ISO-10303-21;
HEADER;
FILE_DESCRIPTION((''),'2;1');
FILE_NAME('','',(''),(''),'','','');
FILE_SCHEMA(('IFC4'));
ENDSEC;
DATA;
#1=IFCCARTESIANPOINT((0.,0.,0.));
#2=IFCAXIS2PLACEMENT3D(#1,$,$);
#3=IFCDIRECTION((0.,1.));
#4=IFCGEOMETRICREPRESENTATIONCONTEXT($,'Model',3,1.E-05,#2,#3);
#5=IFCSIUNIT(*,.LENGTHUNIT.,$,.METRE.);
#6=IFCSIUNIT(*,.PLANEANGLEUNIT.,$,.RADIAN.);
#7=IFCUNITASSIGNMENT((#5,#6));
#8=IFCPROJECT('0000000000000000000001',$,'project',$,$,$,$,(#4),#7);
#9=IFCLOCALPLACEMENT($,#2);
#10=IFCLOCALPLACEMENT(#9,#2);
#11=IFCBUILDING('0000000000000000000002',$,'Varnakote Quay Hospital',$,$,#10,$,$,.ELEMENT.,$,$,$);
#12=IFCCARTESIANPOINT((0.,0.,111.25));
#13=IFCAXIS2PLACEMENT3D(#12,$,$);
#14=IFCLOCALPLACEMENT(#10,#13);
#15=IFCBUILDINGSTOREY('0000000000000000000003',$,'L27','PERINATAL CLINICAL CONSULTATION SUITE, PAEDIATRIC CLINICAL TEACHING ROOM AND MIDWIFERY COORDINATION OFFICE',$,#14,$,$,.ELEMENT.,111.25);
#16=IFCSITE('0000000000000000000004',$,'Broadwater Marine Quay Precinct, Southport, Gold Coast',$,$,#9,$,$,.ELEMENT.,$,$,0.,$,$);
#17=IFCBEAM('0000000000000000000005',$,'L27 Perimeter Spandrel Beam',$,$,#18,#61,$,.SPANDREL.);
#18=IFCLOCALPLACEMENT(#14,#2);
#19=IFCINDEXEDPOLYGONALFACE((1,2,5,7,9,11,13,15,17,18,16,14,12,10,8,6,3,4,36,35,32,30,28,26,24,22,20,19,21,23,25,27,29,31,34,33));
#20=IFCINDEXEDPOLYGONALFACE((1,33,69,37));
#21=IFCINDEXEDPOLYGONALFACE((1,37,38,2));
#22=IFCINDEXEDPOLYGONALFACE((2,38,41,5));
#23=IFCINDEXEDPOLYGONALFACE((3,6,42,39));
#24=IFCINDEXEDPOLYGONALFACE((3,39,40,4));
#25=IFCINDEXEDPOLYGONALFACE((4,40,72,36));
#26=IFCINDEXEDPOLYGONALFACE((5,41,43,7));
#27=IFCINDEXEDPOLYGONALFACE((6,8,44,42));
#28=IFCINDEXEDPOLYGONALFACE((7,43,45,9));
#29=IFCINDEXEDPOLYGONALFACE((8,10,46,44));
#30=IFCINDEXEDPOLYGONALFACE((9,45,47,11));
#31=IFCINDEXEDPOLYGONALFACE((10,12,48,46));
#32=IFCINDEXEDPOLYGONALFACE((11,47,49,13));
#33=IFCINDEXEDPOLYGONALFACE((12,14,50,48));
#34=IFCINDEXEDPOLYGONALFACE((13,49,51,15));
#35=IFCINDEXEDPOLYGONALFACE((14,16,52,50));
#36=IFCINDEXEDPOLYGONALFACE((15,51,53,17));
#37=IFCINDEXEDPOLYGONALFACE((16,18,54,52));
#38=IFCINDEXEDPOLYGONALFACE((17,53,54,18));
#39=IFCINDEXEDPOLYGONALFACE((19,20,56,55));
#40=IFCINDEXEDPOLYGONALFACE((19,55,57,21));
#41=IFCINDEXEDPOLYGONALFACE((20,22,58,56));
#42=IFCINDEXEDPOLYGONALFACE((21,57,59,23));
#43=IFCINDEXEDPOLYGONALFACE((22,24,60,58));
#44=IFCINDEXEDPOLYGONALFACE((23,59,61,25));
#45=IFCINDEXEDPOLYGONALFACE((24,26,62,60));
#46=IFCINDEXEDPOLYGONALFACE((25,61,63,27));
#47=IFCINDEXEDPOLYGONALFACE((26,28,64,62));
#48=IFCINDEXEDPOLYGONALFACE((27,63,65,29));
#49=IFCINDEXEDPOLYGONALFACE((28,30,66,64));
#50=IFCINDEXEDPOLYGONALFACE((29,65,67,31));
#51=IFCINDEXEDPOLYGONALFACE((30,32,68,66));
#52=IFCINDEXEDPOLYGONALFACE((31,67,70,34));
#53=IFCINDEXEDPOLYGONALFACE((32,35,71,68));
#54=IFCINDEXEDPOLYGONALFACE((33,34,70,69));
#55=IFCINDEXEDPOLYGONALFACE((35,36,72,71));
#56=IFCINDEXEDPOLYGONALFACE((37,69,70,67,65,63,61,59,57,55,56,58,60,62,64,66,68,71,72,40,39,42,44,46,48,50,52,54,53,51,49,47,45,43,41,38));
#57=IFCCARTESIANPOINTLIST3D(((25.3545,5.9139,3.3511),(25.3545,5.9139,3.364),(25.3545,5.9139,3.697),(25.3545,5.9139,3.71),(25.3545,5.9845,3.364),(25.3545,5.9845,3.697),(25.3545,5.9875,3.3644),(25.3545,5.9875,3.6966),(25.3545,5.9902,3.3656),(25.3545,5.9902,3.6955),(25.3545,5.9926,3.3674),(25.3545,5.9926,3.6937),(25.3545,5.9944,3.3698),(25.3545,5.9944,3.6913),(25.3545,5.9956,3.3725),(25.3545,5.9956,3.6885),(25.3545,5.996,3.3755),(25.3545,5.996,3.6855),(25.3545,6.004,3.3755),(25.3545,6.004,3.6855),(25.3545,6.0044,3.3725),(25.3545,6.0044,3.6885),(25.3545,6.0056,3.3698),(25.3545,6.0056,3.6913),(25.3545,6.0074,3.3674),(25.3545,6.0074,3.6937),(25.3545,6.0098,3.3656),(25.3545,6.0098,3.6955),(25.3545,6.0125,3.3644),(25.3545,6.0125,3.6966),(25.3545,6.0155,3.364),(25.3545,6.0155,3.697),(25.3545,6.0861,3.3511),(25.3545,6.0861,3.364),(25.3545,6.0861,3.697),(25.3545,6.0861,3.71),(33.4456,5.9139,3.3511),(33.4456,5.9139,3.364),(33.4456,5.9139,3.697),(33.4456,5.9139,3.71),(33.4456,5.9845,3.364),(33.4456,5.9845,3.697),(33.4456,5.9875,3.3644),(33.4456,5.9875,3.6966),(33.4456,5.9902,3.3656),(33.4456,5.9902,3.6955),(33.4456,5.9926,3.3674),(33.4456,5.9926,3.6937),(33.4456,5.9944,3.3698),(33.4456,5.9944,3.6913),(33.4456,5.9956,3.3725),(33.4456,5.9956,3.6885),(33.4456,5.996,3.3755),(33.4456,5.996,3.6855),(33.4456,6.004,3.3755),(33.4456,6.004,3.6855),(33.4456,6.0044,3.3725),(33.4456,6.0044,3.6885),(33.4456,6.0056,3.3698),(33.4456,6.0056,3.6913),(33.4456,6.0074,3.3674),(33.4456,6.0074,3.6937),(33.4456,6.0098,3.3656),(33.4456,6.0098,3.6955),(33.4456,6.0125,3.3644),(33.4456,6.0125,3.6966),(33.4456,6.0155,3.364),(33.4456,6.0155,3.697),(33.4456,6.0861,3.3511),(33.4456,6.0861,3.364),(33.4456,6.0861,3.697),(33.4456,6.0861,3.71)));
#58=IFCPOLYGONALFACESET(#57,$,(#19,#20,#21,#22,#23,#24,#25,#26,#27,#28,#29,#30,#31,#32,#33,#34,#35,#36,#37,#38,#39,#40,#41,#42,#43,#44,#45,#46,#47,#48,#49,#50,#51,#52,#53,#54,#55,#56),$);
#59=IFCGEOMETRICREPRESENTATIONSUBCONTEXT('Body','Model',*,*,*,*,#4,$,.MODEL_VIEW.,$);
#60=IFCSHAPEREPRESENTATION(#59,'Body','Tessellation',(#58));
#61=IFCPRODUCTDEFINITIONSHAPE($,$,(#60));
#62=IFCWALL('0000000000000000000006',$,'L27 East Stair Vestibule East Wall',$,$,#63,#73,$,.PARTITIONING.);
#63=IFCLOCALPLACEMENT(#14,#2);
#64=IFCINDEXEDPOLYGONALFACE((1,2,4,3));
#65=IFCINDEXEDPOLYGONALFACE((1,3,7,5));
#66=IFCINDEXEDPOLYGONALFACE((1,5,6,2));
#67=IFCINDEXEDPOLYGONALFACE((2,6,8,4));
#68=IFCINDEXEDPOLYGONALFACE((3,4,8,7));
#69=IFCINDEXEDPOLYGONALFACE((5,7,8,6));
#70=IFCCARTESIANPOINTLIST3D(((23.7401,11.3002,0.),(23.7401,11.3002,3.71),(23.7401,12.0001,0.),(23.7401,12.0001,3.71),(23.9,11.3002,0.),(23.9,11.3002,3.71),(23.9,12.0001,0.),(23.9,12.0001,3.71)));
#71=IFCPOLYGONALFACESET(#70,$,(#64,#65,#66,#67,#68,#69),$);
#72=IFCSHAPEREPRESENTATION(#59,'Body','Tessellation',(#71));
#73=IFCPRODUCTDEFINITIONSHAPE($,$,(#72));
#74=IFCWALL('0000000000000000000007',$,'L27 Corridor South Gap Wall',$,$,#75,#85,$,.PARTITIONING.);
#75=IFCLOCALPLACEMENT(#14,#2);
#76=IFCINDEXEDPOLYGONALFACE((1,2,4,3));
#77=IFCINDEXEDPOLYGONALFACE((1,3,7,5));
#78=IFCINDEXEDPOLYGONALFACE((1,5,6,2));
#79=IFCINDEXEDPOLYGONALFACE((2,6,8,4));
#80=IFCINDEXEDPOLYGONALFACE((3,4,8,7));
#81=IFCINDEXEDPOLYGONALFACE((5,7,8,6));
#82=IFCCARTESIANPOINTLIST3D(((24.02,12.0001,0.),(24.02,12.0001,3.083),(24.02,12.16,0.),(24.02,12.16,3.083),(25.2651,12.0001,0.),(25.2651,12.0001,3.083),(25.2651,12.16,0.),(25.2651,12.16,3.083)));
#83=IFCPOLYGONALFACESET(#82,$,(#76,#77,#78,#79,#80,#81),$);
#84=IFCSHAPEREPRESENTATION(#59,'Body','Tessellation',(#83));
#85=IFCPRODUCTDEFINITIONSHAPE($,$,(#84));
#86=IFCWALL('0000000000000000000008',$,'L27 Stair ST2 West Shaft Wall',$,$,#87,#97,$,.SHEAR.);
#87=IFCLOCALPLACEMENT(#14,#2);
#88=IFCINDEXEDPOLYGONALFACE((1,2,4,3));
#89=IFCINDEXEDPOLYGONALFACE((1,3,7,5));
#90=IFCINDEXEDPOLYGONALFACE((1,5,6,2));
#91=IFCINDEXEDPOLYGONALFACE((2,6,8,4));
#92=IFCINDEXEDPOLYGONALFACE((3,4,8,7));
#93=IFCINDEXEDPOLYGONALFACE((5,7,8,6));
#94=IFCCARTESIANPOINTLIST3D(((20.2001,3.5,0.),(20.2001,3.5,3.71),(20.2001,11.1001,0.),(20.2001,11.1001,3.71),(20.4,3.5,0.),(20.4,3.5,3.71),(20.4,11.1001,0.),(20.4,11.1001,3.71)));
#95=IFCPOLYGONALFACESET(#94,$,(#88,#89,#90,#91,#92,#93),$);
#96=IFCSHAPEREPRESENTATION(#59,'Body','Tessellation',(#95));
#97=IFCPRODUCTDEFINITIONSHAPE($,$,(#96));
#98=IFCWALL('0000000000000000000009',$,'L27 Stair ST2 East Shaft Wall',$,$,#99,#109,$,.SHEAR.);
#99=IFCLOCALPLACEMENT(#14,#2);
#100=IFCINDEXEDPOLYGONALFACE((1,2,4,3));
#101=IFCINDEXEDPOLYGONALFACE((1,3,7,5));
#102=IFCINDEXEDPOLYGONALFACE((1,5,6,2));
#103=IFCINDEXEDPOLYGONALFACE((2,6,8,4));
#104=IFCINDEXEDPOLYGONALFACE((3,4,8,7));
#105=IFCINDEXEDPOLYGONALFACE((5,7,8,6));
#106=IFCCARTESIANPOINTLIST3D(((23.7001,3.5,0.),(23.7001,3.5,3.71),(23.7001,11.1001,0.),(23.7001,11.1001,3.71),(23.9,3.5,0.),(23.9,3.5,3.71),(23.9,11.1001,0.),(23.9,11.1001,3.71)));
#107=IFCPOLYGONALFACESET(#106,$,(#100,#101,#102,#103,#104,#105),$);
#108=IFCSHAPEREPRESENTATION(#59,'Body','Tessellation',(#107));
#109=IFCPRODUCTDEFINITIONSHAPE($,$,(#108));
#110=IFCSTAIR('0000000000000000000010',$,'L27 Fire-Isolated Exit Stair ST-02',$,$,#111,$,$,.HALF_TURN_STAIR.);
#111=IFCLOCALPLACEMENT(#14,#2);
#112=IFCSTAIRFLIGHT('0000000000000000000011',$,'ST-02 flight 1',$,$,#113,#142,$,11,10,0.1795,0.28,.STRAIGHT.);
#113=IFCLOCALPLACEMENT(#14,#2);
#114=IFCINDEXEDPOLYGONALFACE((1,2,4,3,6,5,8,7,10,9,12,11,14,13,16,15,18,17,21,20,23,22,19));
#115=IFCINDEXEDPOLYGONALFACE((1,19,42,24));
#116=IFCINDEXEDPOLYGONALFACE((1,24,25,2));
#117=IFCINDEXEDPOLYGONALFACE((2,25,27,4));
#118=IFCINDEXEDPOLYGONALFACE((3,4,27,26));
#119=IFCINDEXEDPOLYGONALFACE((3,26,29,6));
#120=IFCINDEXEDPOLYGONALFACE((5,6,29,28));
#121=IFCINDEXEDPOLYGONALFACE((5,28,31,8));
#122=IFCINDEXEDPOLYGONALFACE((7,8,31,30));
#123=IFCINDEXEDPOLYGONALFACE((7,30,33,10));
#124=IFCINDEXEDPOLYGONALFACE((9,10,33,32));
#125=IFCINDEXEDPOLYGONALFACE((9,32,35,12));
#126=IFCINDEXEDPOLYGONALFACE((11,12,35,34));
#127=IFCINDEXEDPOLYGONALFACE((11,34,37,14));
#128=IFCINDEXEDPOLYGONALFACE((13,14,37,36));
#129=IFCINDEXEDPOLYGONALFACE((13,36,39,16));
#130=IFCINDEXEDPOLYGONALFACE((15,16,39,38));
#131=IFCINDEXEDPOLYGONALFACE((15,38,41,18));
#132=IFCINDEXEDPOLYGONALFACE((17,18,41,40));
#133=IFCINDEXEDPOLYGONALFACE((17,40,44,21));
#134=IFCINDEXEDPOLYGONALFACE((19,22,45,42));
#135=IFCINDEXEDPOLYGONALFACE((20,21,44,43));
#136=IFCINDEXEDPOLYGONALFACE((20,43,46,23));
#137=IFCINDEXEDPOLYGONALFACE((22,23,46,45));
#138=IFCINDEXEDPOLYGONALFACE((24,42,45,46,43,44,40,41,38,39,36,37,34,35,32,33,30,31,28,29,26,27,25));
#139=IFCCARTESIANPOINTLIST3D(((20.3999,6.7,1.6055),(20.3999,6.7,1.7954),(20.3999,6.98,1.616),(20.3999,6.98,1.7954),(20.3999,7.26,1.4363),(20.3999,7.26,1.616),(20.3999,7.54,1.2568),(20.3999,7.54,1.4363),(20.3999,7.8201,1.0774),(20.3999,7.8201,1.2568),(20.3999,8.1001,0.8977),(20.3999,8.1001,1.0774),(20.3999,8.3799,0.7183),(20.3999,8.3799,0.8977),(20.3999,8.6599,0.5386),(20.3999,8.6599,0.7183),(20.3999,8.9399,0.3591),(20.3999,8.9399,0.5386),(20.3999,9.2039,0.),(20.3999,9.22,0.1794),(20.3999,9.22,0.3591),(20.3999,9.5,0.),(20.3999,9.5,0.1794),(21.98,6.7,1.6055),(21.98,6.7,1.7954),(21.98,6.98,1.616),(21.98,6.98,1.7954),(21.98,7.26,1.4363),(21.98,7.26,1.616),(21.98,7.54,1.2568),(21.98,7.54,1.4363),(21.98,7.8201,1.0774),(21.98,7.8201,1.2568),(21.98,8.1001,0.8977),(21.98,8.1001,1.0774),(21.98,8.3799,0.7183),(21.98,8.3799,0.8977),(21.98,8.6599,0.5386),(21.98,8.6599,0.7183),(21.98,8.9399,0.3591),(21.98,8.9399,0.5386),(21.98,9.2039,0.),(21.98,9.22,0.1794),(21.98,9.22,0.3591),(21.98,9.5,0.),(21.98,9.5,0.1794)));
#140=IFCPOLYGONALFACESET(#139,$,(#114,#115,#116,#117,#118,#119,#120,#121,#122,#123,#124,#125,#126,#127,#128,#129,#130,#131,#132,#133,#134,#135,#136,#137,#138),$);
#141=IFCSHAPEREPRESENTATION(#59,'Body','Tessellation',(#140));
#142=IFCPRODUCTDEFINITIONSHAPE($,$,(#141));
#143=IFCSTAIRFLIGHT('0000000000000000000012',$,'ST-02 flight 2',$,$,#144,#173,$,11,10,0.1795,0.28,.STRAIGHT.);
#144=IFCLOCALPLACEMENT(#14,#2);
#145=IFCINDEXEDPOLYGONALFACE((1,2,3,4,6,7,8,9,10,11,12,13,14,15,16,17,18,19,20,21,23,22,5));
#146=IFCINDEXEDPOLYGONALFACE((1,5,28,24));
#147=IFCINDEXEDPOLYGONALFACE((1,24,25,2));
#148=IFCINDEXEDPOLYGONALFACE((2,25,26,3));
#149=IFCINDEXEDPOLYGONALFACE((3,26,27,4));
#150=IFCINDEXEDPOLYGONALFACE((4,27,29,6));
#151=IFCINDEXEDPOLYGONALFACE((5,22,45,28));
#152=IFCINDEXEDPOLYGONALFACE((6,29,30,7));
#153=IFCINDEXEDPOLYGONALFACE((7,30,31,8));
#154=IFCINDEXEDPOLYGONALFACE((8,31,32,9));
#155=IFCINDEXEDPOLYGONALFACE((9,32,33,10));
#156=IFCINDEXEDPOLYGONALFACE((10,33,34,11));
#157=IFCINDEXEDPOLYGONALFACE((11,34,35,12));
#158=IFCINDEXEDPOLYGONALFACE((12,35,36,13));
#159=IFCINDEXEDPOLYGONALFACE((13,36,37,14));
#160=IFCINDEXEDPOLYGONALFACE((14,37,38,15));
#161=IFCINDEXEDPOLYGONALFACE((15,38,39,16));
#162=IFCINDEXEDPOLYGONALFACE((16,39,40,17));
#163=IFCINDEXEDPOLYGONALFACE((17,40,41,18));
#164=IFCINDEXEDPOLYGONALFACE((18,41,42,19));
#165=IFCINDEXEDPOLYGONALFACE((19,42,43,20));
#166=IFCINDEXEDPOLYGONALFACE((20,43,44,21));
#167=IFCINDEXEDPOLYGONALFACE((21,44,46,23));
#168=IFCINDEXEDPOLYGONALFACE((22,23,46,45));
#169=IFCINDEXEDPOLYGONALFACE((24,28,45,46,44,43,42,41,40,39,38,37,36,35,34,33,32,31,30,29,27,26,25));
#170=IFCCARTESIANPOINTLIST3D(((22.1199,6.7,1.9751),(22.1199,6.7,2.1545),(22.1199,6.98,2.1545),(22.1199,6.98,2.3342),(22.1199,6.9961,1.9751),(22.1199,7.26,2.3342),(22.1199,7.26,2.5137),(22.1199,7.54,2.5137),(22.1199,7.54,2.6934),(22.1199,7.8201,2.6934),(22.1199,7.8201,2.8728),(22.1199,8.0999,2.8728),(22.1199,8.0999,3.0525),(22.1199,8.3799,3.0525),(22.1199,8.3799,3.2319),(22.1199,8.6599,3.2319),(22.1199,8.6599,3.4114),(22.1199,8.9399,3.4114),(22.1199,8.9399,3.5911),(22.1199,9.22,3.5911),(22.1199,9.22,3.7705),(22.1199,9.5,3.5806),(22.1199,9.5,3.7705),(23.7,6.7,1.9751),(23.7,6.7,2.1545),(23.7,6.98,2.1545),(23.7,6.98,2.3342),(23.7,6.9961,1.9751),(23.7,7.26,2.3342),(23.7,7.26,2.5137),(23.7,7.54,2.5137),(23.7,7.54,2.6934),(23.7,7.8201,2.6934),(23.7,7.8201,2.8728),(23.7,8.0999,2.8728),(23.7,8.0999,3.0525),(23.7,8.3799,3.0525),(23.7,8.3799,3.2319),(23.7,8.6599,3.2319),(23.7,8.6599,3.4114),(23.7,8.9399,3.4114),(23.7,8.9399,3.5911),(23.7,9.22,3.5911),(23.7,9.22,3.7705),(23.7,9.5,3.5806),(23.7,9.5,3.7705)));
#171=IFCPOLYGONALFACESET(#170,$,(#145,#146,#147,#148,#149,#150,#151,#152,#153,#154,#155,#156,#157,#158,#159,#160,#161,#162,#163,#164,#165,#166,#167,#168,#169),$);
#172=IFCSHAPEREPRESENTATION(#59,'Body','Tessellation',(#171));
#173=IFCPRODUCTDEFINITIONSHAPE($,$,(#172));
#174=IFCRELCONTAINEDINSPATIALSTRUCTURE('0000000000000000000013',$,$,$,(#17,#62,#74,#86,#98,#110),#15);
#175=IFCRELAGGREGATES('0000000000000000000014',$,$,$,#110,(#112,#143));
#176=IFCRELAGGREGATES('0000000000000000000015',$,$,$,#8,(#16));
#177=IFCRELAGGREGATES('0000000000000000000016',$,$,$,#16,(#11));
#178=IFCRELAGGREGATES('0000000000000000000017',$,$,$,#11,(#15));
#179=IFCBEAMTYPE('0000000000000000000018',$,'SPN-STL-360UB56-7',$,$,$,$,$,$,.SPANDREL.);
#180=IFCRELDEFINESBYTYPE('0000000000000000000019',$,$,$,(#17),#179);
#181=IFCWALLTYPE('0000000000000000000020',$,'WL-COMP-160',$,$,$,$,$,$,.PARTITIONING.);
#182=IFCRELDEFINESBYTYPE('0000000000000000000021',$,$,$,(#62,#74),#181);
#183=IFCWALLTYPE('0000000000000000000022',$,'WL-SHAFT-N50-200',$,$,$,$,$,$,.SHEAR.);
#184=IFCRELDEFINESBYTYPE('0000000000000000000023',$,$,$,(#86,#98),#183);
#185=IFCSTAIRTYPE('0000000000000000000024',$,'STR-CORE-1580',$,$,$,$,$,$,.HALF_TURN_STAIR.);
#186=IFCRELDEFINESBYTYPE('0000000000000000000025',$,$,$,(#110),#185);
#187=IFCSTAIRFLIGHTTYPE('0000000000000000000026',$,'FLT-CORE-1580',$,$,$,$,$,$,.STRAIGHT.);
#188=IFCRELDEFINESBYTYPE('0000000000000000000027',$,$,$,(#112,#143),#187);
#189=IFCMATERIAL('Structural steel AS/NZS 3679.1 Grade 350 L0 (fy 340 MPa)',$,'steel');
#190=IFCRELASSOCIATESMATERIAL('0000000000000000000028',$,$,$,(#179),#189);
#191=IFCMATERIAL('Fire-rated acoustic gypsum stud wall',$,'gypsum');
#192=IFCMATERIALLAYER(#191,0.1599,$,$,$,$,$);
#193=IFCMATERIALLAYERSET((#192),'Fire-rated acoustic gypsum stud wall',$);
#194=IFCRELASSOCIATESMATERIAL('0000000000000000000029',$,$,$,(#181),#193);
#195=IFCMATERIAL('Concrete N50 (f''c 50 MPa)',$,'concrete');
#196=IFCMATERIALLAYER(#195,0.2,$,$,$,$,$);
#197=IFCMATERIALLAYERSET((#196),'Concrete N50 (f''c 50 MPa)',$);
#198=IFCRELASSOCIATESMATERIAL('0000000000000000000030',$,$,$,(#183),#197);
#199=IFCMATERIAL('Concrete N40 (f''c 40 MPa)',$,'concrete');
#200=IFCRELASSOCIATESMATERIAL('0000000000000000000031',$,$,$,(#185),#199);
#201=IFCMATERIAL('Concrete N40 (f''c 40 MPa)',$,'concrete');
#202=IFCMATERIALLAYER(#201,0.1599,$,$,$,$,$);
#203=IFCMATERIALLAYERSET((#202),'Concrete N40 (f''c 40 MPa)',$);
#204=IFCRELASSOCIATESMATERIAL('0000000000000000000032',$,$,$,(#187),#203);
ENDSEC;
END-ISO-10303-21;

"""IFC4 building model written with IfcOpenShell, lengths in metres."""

from ifc_helpers import new_model, si_unit, direction, frame, frame_2d, origin, origin_2d, place, context, subcontext, project, spatial, polyline, rectangle, i_section, outline, extrude, material, layer, layer_set, material_profile, profile_set, type_object, element, aggregate, save


model = new_model("IFC4")

# Units and contexts
model_context = context("Model", 3, precision=1e-05, world=origin(), true_north=direction((0.0, 1.0)))
body_context = subcontext(model_context, "Body", "Model", "MODEL_VIEW")
ifc_project = project(units=[si_unit("LENGTHUNIT", "METRE"), si_unit("PLANEANGLEUNIT", "RADIAN")], contexts=[model_context])

# Site, building, storey
site_placement = place(None, origin())
site = spatial("IfcSite", under=ifc_project, at=site_placement, Name="Broadwater Marine Quay Precinct, Southport, Gold Coast", CompositionType="ELEMENT", RefElevation=0.0)
building_placement = place(site_placement, origin())
building = spatial("IfcBuilding", under=site, at=building_placement, Name="Varnakote Quay Hospital", CompositionType="ELEMENT")
storey_placement = place(building_placement, frame((0.0, 0.0, 111.25)))
storey = spatial("IfcBuildingStorey", under=building, at=storey_placement, Name="L27", Description="PERINATAL CLINICAL CONSULTATION SUITE, PAEDIATRIC CLINICAL TEACHING ROOM AND MIDWIFERY COORDINATION OFFICE", CompositionType="ELEMENT", Elevation=111.25)

# Beam
ifc_material_1 = material(Name="Structural steel AS/NZS 3679.1 Grade 350 L0 (fy 340 MPa)", Category="steel")
ifc_material_profile_1 = material_profile(ifc_material_1, i_section(OverallWidth=0.1721, OverallDepth=0.3589, WebThickness=0.0081, FlangeThickness=0.0129, FilletRadius=0.0115, at=origin_2d()), Name="360UB56.7")
ifc_profile_set_1 = profile_set([ifc_material_profile_1], Name="Structural steel AS/NZS 3679.1 Grade 350 L0 (fy 340 MPa)")
beam_type_1 = type_object("IfcBeamType", Name="SPN-STL-360UB56-7", PredefinedType="SPANDREL", material=ifc_profile_set_1)
beam_1_placement = place(storey_placement, frame((25.3545, 6.0, 3.5305), z_axis=(1.0, 0.0, 0.0), x_axis=(0.0, 1.0, 0.0)))
element("IfcBeam", 1, at=beam_1_placement, inside=storey, type_object=beam_type_1, Name="L27 Perimeter Spandrel Beam", PredefinedType="SPANDREL", context=body_context, shape_type="SweptSolid", body=[
    extrude(i_section(OverallWidth=0.1721, OverallDepth=0.3589, WebThickness=0.0081, FlangeThickness=0.0129, FilletRadius=0.0115, at=origin_2d()), origin(), (0.0, 0.0, 1.0), 8.0911),
])

# Walls
ifc_material_2 = material(Name="Fire-rated acoustic gypsum stud wall", Category="gypsum")
ifc_layer_1 = layer(ifc_material_2, 0.1599)
ifc_layer_set_1 = layer_set([ifc_layer_1], Name="Fire-rated acoustic gypsum stud wall")
wall_type_1 = type_object("IfcWallType", Name="WL-COMP-160", PredefinedType="PARTITIONING", material=ifc_layer_set_1)
wall_1_placement = place(storey_placement, frame((23.8201, 11.3, 0.0), z_axis=(0.0, 0.0, 1.0), x_axis=(0.0, 1.0, 0.0)))
element("IfcWall", 2, at=wall_1_placement, inside=storey, type_object=wall_type_1, Name="L27 East Stair Vestibule East Wall", PredefinedType="PARTITIONING", context=body_context, shape_type="SweptSolid", body=[
    extrude(rectangle(XDim=0.7, YDim=0.1599, at=frame_2d((0.3501, 0.0))), origin(), (0.0, 0.0, 1.0), 3.71),
])
wall_2_placement = place(storey_placement, frame((24.02, 12.0801, 0.0), z_axis=(0.0, 0.0, 1.0), x_axis=(1.0, 0.0, 0.0)))
element("IfcWall", 3, at=wall_2_placement, inside=storey, type_object=wall_type_1, Name="L27 Corridor South Gap Wall", PredefinedType="PARTITIONING", context=body_context, shape_type="SweptSolid", body=[
    extrude(rectangle(XDim=1.2451, YDim=0.1599, at=frame_2d((0.6226, 0.0))), origin(), (0.0, 0.0, 1.0), 3.083),
])
ifc_material_3 = material(Name="Concrete N50 (f'c 50 MPa)", Category="concrete")
ifc_layer_2 = layer(ifc_material_3, 0.2)
ifc_layer_set_2 = layer_set([ifc_layer_2], Name="Concrete N50 (f'c 50 MPa)")
wall_type_2 = type_object("IfcWallType", Name="WL-SHAFT-N50-200", PredefinedType="SHEAR", material=ifc_layer_set_2)
for number, where, z_axis, x_axis, name in (
    (4, (20.3, 3.5, 0.0), (0.0, 0.0, 1.0), (0.0, 1.0, 0.0), "L27 Stair ST2 West Shaft Wall"),
    (5, (23.8, 3.5, 0.0), (0.0, 0.0, 1.0), (0.0, 1.0, 0.0), "L27 Stair ST2 East Shaft Wall"),
):
    element("IfcWall", number, at=place(storey_placement, frame(where, z_axis=z_axis, x_axis=x_axis)), inside=storey, type_object=wall_type_2, Name=name, PredefinedType="SHEAR", context=body_context, shape_type="SweptSolid", body=[
        extrude(rectangle(XDim=7.6001, YDim=0.2, at=frame_2d((3.8, 0.0))), origin(), (0.0, 0.0, 1.0), 3.71),
    ])

# Stair, stair flights
ifc_material_4 = material(Name="Concrete N40 (f'c 40 MPa)", Category="concrete")
stair_type = type_object("IfcStairType", Name="STR-CORE-1580", PredefinedType="HALF_TURN_STAIR", material=ifc_material_4)
stair_placement = place(storey_placement, origin())
stair = element("IfcStair", 6, at=stair_placement, inside=storey, type_object=stair_type, Name="L27 Fire-Isolated Exit Stair ST-02", PredefinedType="HALF_TURN_STAIR")
ifc_material_5 = material(Name="Concrete N40 (f'c 40 MPa)", Category="concrete")
ifc_layer_3 = layer(ifc_material_5, 0.1599)
ifc_layer_set_3 = layer_set([ifc_layer_3], Name="Concrete N40 (f'c 40 MPa)")
stair_flight_type = type_object("IfcStairFlightType", Name="FLT-CORE-1580", PredefinedType="STRAIGHT", material=ifc_layer_set_3)
stair_flight_1_placement = place(storey_placement, frame((21.1899, 9.5, 0.0), z_axis=(0.0, 0.0, 1.0), x_axis=(0.0, -1.0, 0.0)))
stair_flight_1 = element("IfcStairFlight", 7, at=stair_flight_1_placement, type_object=stair_flight_type, Name="ST-02 flight 1", NumberOfRisers=11, NumberOfTreads=10, PredefinedType="STRAIGHT", RiserHeight=0.1795, TreadLength=0.28, context=body_context, shape_type="SweptSolid", body=[
    extrude(outline(polyline([(0.0, 0.0), (0.0, 0.1794), (0.28, 0.1794), (0.28, 0.3591), (0.5601, 0.3591), (0.5601, 0.5386), (0.8401, 0.5386), (0.8401, 0.7183), (1.1201, 0.7183), (1.1201, 0.8977), (1.3999, 0.8977), (1.3999, 1.0774), (1.6799, 1.0774), (1.6799, 1.2568), (1.96, 1.2568), (1.96, 1.4363), (2.24, 1.4363), (2.24, 1.616), (2.52, 1.616), (2.52, 1.7954), (2.8, 1.7954), (2.8, 1.9751), (2.8, 1.6055), (0.2961, 0.0), (0.0, 0.0)])), frame((0.0, 0.79, 0.0), z_axis=(0.0, -1.0, 0.0), x_axis=(1.0, 0.0, 0.0)), (0.0, 0.0, 1.0), 1.5801),
])
stair_flight_2_placement = place(storey_placement, frame((22.9099, 6.7, 1.9751), z_axis=(0.0, 0.0, 1.0), x_axis=(0.0, 1.0, 0.0)))
stair_flight_2 = element("IfcStairFlight", 8, at=stair_flight_2_placement, type_object=stair_flight_type, Name="ST-02 flight 2", NumberOfRisers=11, NumberOfTreads=10, PredefinedType="STRAIGHT", RiserHeight=0.1795, TreadLength=0.28, context=body_context, shape_type="SweptSolid", body=[
    extrude(outline(polyline([(0.0, 0.0), (0.0, 0.1794), (0.28, 0.1794), (0.28, 0.3591), (0.5601, 0.3591), (0.5601, 0.5386), (0.8401, 0.5386), (0.8401, 0.7183), (1.1201, 0.7183), (1.1201, 0.8977), (1.3999, 0.8977), (1.3999, 1.0774), (1.6799, 1.0774), (1.6799, 1.2568), (1.96, 1.2568), (1.96, 1.4363), (2.24, 1.4363), (2.24, 1.616), (2.52, 1.616), (2.52, 1.7954), (2.8, 1.7954), (2.8, 1.9751), (2.8, 1.6055), (0.2961, 0.0), (0.0, 0.0)])), frame((0.0, 0.79, 0.0), z_axis=(0.0, -1.0, 0.0), x_axis=(1.0, 0.0, 0.0)), (0.0, 0.0, 1.0), 1.5801),
])
aggregate(stair, [stair_flight_1, stair_flight_2])

save(model, "model.ifc")
